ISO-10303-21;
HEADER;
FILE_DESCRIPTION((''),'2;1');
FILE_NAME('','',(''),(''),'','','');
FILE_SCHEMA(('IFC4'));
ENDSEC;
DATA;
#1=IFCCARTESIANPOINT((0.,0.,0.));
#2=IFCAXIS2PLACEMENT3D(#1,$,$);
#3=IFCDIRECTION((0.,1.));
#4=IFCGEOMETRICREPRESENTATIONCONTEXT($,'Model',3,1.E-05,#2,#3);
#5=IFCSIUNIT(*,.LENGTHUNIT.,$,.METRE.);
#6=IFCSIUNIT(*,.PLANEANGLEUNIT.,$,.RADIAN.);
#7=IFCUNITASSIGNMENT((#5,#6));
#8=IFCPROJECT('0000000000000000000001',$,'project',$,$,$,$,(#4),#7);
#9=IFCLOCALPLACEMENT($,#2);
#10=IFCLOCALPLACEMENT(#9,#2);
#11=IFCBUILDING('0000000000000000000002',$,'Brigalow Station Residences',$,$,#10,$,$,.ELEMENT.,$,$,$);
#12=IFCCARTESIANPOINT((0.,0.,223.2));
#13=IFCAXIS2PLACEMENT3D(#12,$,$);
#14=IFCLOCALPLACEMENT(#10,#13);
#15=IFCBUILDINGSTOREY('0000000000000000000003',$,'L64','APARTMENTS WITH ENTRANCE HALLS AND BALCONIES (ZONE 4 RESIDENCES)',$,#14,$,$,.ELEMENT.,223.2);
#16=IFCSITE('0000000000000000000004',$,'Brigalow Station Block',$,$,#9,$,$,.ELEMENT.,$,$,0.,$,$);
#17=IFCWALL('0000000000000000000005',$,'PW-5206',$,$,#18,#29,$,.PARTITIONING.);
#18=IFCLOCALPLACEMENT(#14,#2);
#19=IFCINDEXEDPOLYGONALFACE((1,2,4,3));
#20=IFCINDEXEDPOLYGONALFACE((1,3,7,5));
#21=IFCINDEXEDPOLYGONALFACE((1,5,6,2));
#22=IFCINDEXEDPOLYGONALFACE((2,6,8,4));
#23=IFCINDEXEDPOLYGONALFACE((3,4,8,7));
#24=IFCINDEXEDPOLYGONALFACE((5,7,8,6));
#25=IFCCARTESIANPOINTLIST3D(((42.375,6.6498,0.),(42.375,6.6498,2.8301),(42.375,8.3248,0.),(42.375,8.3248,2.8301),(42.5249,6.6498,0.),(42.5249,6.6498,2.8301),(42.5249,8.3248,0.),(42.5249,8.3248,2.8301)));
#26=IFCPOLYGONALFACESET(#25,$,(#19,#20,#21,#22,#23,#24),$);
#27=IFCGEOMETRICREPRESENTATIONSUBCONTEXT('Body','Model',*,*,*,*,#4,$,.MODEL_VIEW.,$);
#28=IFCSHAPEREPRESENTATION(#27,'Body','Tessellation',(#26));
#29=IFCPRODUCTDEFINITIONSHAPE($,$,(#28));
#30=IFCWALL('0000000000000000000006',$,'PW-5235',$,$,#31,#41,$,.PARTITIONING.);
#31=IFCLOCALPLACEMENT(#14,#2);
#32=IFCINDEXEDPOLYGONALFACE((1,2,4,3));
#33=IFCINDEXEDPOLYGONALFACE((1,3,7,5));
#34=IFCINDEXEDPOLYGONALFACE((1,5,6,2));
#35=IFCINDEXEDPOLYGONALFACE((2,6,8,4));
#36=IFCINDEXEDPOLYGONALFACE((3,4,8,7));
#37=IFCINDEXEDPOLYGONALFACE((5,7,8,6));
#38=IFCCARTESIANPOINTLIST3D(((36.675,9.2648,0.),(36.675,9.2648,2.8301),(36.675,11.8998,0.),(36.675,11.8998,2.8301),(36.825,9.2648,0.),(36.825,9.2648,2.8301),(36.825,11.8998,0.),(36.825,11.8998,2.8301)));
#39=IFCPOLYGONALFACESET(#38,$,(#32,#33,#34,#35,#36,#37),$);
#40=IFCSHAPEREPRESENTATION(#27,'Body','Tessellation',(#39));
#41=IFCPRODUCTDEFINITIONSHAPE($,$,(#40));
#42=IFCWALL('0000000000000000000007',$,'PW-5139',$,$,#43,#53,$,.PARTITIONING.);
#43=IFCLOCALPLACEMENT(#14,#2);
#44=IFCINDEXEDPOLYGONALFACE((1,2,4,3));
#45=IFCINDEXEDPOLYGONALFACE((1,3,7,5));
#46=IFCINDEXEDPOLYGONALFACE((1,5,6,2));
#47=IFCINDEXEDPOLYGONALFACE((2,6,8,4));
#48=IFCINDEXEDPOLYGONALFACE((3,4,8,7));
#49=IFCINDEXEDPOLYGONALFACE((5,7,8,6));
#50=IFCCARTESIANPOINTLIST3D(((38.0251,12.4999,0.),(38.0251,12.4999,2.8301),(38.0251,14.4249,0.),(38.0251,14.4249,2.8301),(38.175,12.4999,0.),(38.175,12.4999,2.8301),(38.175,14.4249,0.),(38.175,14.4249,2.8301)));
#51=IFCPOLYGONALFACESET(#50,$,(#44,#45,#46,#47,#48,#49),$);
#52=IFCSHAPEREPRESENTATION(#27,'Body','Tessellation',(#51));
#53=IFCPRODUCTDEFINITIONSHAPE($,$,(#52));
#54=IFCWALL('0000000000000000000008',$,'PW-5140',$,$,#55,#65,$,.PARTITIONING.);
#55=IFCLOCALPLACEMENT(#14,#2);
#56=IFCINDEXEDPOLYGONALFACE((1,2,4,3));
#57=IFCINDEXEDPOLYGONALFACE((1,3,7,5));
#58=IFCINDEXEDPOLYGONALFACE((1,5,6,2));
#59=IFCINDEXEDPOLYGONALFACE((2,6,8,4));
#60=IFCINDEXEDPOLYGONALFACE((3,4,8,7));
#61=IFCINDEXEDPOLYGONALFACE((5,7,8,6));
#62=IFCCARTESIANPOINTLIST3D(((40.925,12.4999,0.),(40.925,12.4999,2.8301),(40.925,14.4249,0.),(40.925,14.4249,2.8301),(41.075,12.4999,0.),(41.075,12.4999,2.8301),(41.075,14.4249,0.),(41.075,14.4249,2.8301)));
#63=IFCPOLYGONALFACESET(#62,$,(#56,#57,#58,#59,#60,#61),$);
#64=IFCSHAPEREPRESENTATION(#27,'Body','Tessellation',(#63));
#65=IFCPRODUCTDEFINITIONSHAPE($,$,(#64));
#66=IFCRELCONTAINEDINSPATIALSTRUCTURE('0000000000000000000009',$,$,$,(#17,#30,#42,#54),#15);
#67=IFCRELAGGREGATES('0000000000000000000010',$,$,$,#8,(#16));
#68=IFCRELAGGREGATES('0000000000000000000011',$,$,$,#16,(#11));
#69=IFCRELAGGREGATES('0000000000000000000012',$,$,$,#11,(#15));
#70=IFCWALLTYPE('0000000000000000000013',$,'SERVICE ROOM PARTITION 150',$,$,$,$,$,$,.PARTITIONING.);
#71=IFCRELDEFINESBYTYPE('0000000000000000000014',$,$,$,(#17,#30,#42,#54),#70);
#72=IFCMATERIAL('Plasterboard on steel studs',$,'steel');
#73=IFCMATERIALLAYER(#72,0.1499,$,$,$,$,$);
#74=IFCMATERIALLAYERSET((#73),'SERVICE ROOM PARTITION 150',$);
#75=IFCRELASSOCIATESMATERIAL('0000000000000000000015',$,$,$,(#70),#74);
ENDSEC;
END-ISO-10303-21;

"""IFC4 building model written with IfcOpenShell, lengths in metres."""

from ifc_helpers import new_model, si_unit, direction, frame, frame_2d, origin, place, context, subcontext, project, spatial, rectangle, extrude, material, layer, layer_set, type_object, element, save


model = new_model("IFC4")

# Units and contexts
model_context = context("Model", 3, precision=1e-05, world=origin(), true_north=direction((0.0, 1.0)))
body_context = subcontext(model_context, "Body", "Model", "MODEL_VIEW")
ifc_project = project(units=[si_unit("LENGTHUNIT", "METRE"), si_unit("PLANEANGLEUNIT", "RADIAN")], contexts=[model_context])

# Site, building, storey
site_placement = place(None, origin())
site = spatial("IfcSite", under=ifc_project, at=site_placement, Name="Brigalow Station Block", CompositionType="ELEMENT", RefElevation=0.0)
building_placement = place(site_placement, origin())
building = spatial("IfcBuilding", under=site, at=building_placement, Name="Brigalow Station Residences", CompositionType="ELEMENT")
storey_placement = place(building_placement, frame((0.0, 0.0, 223.2)))
storey = spatial("IfcBuildingStorey", under=building, at=storey_placement, Name="L64", Description="APARTMENTS WITH ENTRANCE HALLS AND BALCONIES (ZONE 4 RESIDENCES)", CompositionType="ELEMENT", Elevation=223.2)

# Shared definitions
ifc_material_1 = material(Name="Plasterboard on steel studs", Category="steel")
ifc_layer_1 = layer(ifc_material_1, 0.1499)
ifc_layer_set_1 = layer_set([ifc_layer_1], Name="SERVICE ROOM PARTITION 150")
wall_type_1 = type_object("IfcWallType", Name="SERVICE ROOM PARTITION 150", PredefinedType="PARTITIONING", material=ifc_layer_set_1)

# Walls
wall_1_placement = place(storey_placement, frame((42.45, 6.6499, 0.0), z_axis=(0.0, 0.0, 1.0), x_axis=(0.0, 1.0, 0.0)))
element("IfcWall", 1, at=wall_1_placement, inside=storey, type_object=wall_type_1, Name="PW-5206", PredefinedType="PARTITIONING", context=body_context, shape_type="SweptSolid", body=[
    extrude(rectangle(XDim=1.675, YDim=0.1499, at=frame_2d((0.8374, 0.0))), origin(), (0.0, 0.0, 1.0), 2.8301),
])
wall_2_placement = place(storey_placement, frame((36.75, 9.2649, 0.0), z_axis=(0.0, 0.0, 1.0), x_axis=(0.0, 1.0, 0.0)))
element("IfcWall", 2, at=wall_2_placement, inside=storey, type_object=wall_type_1, Name="PW-5235", PredefinedType="PARTITIONING", context=body_context, shape_type="SweptSolid", body=[
    extrude(rectangle(XDim=2.635, YDim=0.1499, at=frame_2d((1.3174, 0.0))), origin(), (0.0, 0.0, 1.0), 2.8301),
])
for number, where, z_axis, x_axis, name in (
    (3, (38.1001, 12.5, 0.0), (0.0, 0.0, 1.0), (0.0, 1.0, 0.0), "PW-5139"),
    (4, (41.0, 12.5, 0.0), (0.0, 0.0, 1.0), (0.0, 1.0, 0.0), "PW-5140"),
):
    element("IfcWall", number, at=place(storey_placement, frame(where, z_axis=z_axis, x_axis=x_axis)), inside=storey, type_object=wall_type_1, Name=name, PredefinedType="PARTITIONING", context=body_context, shape_type="SweptSolid", body=[
        extrude(rectangle(XDim=1.925, YDim=0.1499, at=frame_2d((0.9624, 0.0))), origin(), (0.0, 0.0, 1.0), 2.8301),
    ])

save(model, "model.ifc")
